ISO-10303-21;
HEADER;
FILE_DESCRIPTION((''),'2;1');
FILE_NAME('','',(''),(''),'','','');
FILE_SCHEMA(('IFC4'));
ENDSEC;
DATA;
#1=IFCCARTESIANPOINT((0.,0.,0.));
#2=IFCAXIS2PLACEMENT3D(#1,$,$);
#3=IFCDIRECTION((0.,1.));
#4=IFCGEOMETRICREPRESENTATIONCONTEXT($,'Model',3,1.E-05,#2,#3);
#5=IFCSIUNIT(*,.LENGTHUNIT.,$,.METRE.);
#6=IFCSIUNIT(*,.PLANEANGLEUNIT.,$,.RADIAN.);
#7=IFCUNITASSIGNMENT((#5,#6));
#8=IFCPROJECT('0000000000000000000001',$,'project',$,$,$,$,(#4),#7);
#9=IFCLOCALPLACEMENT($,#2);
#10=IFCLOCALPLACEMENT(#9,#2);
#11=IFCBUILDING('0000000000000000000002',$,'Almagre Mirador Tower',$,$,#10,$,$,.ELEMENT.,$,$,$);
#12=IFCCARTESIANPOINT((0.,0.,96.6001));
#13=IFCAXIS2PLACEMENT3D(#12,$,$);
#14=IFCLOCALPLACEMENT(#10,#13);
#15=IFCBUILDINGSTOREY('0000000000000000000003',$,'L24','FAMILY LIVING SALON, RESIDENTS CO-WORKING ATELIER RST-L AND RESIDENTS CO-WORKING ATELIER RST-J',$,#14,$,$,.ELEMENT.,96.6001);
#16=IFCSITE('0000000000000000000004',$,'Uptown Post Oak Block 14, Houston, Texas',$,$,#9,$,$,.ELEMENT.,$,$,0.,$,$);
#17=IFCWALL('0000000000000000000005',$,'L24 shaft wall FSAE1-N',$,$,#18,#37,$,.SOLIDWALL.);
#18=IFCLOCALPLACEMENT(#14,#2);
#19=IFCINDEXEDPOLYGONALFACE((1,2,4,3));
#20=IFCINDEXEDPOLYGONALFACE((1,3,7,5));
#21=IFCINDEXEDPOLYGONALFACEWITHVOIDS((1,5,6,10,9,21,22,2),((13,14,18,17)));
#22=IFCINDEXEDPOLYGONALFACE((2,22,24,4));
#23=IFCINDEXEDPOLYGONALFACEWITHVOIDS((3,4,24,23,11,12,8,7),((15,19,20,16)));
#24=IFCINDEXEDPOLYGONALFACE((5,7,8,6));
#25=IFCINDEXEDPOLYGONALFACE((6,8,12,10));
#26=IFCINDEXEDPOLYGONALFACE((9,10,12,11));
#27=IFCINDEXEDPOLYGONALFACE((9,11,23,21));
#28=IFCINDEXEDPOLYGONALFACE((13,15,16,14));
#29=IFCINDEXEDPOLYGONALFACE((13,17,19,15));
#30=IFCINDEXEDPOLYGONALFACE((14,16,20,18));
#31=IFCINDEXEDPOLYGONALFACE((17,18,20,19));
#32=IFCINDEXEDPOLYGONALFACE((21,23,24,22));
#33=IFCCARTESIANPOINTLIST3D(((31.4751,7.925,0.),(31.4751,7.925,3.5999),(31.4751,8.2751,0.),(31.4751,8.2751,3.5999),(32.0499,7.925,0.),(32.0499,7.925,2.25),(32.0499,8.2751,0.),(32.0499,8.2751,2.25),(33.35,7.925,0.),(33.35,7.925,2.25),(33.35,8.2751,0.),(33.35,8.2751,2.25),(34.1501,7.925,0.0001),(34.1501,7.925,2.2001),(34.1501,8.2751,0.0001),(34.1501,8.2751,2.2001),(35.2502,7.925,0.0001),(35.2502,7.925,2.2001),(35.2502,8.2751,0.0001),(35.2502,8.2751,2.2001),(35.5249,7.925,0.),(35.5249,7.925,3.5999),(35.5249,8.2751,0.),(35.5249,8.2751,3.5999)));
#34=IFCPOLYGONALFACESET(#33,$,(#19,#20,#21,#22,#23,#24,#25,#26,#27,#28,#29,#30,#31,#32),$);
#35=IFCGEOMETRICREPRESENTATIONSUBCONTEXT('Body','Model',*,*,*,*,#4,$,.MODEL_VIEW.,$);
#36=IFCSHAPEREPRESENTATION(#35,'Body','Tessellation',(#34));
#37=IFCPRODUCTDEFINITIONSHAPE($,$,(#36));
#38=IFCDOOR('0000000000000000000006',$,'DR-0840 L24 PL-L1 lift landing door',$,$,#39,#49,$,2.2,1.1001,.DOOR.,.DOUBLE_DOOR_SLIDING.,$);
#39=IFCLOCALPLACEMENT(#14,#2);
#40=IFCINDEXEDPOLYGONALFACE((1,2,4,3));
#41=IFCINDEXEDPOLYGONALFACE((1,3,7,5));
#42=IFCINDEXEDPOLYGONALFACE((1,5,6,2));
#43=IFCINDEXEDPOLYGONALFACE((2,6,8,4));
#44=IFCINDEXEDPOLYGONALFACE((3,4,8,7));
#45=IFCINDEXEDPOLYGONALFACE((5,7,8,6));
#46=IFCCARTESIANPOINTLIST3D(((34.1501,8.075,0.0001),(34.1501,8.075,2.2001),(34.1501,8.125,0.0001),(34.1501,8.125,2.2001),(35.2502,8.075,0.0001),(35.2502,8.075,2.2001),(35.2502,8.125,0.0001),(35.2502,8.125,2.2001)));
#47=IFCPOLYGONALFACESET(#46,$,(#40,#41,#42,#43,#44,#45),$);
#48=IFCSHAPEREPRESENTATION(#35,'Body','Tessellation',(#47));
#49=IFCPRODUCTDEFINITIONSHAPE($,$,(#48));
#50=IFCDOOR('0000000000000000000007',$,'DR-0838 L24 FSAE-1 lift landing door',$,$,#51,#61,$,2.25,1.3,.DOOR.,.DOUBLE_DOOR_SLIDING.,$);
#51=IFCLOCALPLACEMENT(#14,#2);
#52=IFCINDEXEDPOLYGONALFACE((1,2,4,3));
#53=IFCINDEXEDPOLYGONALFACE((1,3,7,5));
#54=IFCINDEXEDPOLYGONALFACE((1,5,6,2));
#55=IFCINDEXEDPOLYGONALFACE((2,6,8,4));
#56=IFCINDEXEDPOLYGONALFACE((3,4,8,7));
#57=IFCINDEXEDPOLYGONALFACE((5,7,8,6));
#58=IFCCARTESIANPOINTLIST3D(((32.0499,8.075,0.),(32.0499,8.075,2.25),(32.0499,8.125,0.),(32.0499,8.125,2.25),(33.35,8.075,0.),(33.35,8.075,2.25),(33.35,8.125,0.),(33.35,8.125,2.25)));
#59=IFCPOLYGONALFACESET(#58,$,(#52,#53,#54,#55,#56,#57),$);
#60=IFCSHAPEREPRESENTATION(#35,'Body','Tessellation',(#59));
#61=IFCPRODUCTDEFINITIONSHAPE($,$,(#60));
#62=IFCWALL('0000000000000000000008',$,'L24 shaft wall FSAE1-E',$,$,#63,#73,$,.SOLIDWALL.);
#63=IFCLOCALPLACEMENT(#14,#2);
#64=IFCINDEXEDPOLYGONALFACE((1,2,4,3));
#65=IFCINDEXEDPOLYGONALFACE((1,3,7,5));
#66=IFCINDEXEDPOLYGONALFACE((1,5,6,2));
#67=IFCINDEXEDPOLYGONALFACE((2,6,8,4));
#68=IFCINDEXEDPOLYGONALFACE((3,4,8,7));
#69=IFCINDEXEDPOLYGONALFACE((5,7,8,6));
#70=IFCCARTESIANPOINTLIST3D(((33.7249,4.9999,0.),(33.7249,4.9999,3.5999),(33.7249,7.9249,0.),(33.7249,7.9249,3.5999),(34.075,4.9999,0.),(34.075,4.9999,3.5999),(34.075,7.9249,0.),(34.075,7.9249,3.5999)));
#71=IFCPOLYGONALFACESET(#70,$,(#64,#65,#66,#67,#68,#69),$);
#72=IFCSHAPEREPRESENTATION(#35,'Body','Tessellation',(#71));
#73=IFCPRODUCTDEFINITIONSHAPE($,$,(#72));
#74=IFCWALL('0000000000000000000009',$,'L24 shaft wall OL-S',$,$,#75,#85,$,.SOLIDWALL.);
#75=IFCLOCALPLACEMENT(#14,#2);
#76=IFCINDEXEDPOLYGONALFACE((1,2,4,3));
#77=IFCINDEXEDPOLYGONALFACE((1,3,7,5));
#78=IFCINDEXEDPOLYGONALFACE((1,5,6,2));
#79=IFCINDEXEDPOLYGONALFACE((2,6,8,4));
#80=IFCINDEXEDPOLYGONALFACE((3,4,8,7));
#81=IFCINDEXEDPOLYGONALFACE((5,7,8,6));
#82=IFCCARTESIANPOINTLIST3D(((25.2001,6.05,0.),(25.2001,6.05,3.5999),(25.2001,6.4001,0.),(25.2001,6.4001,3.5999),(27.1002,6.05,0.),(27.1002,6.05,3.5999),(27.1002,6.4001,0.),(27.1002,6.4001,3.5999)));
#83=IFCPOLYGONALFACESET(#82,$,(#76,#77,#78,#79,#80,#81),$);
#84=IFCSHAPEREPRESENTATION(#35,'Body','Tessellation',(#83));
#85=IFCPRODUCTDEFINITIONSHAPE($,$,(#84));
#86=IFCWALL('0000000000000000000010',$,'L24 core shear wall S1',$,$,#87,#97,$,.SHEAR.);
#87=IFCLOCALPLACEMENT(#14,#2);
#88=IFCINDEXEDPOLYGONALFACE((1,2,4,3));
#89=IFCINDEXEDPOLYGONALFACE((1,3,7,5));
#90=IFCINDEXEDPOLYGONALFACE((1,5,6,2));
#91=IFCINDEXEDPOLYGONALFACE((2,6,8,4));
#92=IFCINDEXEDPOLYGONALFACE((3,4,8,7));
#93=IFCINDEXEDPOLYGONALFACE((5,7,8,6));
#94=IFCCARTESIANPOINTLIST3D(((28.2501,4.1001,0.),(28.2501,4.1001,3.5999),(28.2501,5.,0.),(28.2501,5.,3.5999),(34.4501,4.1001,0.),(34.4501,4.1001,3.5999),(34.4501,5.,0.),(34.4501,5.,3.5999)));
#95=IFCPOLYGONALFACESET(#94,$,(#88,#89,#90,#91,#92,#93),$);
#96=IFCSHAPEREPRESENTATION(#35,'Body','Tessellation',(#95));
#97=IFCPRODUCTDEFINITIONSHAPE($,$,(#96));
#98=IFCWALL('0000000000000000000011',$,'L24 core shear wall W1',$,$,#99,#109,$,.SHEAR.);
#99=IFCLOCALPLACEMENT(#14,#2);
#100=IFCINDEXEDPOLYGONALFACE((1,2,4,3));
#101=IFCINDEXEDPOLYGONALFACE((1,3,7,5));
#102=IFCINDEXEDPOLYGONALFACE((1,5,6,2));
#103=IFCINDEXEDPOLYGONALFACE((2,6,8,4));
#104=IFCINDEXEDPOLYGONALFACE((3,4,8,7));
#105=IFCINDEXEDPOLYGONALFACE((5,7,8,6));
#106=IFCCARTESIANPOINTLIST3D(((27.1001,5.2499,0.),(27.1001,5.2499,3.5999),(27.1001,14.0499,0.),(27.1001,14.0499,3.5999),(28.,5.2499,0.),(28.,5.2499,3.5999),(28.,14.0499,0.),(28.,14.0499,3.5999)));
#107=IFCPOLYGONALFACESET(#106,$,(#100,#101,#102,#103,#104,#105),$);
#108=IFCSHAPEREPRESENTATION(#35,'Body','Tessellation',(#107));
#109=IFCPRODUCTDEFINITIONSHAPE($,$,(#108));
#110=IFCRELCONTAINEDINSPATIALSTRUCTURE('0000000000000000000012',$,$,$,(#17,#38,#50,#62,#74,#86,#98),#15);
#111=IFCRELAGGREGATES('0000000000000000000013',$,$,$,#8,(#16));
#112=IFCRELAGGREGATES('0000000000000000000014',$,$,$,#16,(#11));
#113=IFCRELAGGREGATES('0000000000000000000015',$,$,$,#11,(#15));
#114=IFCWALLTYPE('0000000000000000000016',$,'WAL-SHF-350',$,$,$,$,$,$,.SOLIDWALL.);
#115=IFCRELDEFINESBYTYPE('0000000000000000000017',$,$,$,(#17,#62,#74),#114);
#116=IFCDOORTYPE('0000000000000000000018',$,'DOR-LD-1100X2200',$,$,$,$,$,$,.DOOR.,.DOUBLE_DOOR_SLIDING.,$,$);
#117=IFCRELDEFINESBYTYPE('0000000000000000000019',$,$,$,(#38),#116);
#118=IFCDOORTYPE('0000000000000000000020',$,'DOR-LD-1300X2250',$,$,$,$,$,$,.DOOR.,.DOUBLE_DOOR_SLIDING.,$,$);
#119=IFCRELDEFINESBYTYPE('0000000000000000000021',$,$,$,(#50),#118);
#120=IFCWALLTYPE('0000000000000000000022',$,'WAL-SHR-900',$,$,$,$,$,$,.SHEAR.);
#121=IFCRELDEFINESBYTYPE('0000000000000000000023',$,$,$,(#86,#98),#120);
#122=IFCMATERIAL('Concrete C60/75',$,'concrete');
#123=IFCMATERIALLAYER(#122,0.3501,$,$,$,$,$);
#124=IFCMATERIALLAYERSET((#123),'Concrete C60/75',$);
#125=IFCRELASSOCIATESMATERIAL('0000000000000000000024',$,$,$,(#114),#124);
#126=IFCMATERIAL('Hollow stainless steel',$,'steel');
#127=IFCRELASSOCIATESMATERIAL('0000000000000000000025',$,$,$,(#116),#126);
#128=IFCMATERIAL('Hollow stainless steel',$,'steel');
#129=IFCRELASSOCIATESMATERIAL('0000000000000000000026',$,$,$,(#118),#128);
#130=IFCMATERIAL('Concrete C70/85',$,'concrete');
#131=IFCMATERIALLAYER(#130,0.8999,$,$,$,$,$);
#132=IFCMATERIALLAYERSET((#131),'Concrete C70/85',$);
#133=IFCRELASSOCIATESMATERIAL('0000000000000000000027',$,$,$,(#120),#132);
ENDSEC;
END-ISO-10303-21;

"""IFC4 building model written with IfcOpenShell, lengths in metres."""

from ifc_helpers import new_model, si_unit, direction, frame, frame_2d, origin, place, context, subcontext, project, spatial, rectangle, extrude, material, layer, layer_set, type_object, element, fill, save


model = new_model("IFC4")

# Units and contexts
model_context = context("Model", 3, precision=1e-05, world=origin(), true_north=direction((0.0, 1.0)))
body_context = subcontext(model_context, "Body", "Model", "MODEL_VIEW")
ifc_project = project(units=[si_unit("LENGTHUNIT", "METRE"), si_unit("PLANEANGLEUNIT", "RADIAN")], contexts=[model_context])

# Site, building, storey
site_placement = place(None, origin())
site = spatial("IfcSite", under=ifc_project, at=site_placement, Name="Uptown Post Oak Block 14, Houston, Texas", CompositionType="ELEMENT", RefElevation=0.0)
building_placement = place(site_placement, origin())
building = spatial("IfcBuilding", under=site, at=building_placement, Name="Almagre Mirador Tower", CompositionType="ELEMENT")
storey_placement = place(building_placement, frame((0.0, 0.0, 96.6001)))
storey = spatial("IfcBuildingStorey", under=building, at=storey_placement, Name="L24", Description="FAMILY LIVING SALON, RESIDENTS CO-WORKING ATELIER RST-L AND RESIDENTS CO-WORKING ATELIER RST-J", CompositionType="ELEMENT", Elevation=96.6001)

# Shared definitions
ifc_material_1 = material(Name="Concrete C60/75", Category="concrete")
ifc_layer_1 = layer(ifc_material_1, 0.3501)
ifc_layer_set_1 = layer_set([ifc_layer_1], Name="Concrete C60/75")
wall_type_1 = type_object("IfcWallType", Name="WAL-SHF-350", PredefinedType="SOLIDWALL", material=ifc_layer_set_1)

# Wall, openings, doors
wall_1_placement = place(storey_placement, frame((31.4751, 8.1001, 0.0), z_axis=(0.0, 0.0, 1.0), x_axis=(1.0, 0.0, 0.0)))
wall_1 = element("IfcWall", 1, at=wall_1_placement, inside=storey, type_object=wall_type_1, Name="L24 shaft wall FSAE1-N", PredefinedType="SOLIDWALL", context=body_context, shape_type="SweptSolid", body=[
    extrude(rectangle(XDim=4.0498, YDim=0.3501, at=frame_2d((2.0249, 0.0))), origin(), (0.0, 0.0, 1.0), 3.5999),
])
opening_1_placement = place(wall_1_placement, frame((0.575, 0.0, 0.0)))
opening_1 = element("IfcOpeningElement", 2, at=opening_1_placement, cuts=wall_1, PredefinedType="OPENING", context=body_context, shape_type="SweptSolid", body=[
    extrude(rectangle(XDim=1.3, YDim=2.25, at=frame_2d((0.6499, 1.125))), frame((0.0, 0.185, 0.0), z_axis=(0.0, -1.0, 0.0), x_axis=(1.0, 0.0, 0.0)), (0.0, 0.0, 1.0), 0.3701),
])
opening_2_placement = place(wall_1_placement, frame((2.675, 0.0, 0.0)))
opening_2 = element("IfcOpeningElement", 3, at=opening_2_placement, cuts=wall_1, PredefinedType="OPENING", context=body_context, shape_type="SweptSolid", body=[
    extrude(rectangle(XDim=1.1001, YDim=2.2, at=frame_2d((0.55, 1.1001))), frame((0.0, 0.185, 0.0), z_axis=(0.0, -1.0, 0.0), x_axis=(1.0, 0.0, 0.0)), (0.0, 0.0, 1.0), 0.3701),
])
ifc_material_2 = material(Name="Hollow stainless steel", Category="steel")
door_type_1 = type_object("IfcDoorType", Name="DOR-LD-1100X2200", OperationType="DOUBLE_DOOR_SLIDING", PredefinedType="DOOR", material=ifc_material_2)
door_1_placement = place(opening_2_placement, origin())
door_1 = element("IfcDoor", 4, at=door_1_placement, inside=storey, type_object=door_type_1, Name="DR-0840 L24 PL-L1 lift landing door", OperationType="DOUBLE_DOOR_SLIDING", OverallHeight=2.2, OverallWidth=1.1001, PredefinedType="DOOR", context=body_context, shape_type="SweptSolid", body=[
    extrude(rectangle(XDim=1.1001, YDim=2.2, at=frame_2d((0.55, 1.1001))), frame((0.0, 0.0249, 0.0), z_axis=(0.0, -1.0, 0.0), x_axis=(1.0, 0.0, 0.0)), (0.0, 0.0, 1.0), 0.05),
])
fill(opening_2, door_1)
ifc_material_3 = material(Name="Hollow stainless steel", Category="steel")
door_type_2 = type_object("IfcDoorType", Name="DOR-LD-1300X2250", OperationType="DOUBLE_DOOR_SLIDING", PredefinedType="DOOR", material=ifc_material_3)
door_2_placement = place(opening_1_placement, origin())
door_2 = element("IfcDoor", 5, at=door_2_placement, inside=storey, type_object=door_type_2, Name="DR-0838 L24 FSAE-1 lift landing door", OperationType="DOUBLE_DOOR_SLIDING", OverallHeight=2.25, OverallWidth=1.3, PredefinedType="DOOR", context=body_context, shape_type="SweptSolid", body=[
    extrude(rectangle(XDim=1.3, YDim=2.25, at=frame_2d((0.6499, 1.125))), frame((0.0, 0.0249, 0.0), z_axis=(0.0, -1.0, 0.0), x_axis=(1.0, 0.0, 0.0)), (0.0, 0.0, 1.0), 0.05),
])
fill(opening_1, door_2)

# Walls
wall_2_placement = place(storey_placement, frame((33.8999, 5.0, 0.0), z_axis=(0.0, 0.0, 1.0), x_axis=(0.0, 1.0, 0.0)))
element("IfcWall", 6, at=wall_2_placement, inside=storey, type_object=wall_type_1, Name="L24 shaft wall FSAE1-E", PredefinedType="SOLIDWALL", context=body_context, shape_type="SweptSolid", body=[
    extrude(rectangle(XDim=2.925, YDim=0.3501, at=frame_2d((1.4624, 0.0))), origin(), (0.0, 0.0, 1.0), 3.5999),
])
wall_3_placement = place(storey_placement, frame((25.2, 6.2251, 0.0), z_axis=(0.0, 0.0, 1.0), x_axis=(1.0, 0.0, 0.0)))
element("IfcWall", 7, at=wall_3_placement, inside=storey, type_object=wall_type_1, Name="L24 shaft wall OL-S", PredefinedType="SOLIDWALL", context=body_context, shape_type="SweptSolid", body=[
    extrude(rectangle(XDim=1.9001, YDim=0.3501, at=frame_2d((0.9502, 0.0))), origin(), (0.0, 0.0, 1.0), 3.5999),
])
ifc_material_4 = material(Name="Concrete C70/85", Category="concrete")
ifc_layer_2 = layer(ifc_material_4, 0.8999)
ifc_layer_set_2 = layer_set([ifc_layer_2], Name="Concrete C70/85")
wall_type_2 = type_object("IfcWallType", Name="WAL-SHR-900", PredefinedType="SHEAR", material=ifc_layer_set_2)
wall_4_placement = place(storey_placement, frame((28.25, 4.55, 0.0), z_axis=(0.0, 0.0, 1.0), x_axis=(1.0, 0.0, 0.0)))
element("IfcWall", 8, at=wall_4_placement, inside=storey, type_object=wall_type_2, Name="L24 core shear wall S1", PredefinedType="SHEAR", context=body_context, shape_type="SweptSolid", body=[
    extrude(rectangle(XDim=6.2, YDim=0.8999, at=frame_2d((3.1001, 0.0))), origin(), (0.0, 0.0, 1.0), 3.5999),
])
wall_5_placement = place(storey_placement, frame((27.55, 5.25, 0.0), z_axis=(0.0, 0.0, 1.0), x_axis=(0.0, 1.0, 0.0)))
element("IfcWall", 9, at=wall_5_placement, inside=storey, type_object=wall_type_2, Name="L24 core shear wall W1", PredefinedType="SHEAR", context=body_context, shape_type="SweptSolid", body=[
    extrude(rectangle(XDim=8.8, YDim=0.8999, at=frame_2d((4.3999, 0.0))), origin(), (0.0, 0.0, 1.0), 3.5999),
])

save(model, "model.ifc")
